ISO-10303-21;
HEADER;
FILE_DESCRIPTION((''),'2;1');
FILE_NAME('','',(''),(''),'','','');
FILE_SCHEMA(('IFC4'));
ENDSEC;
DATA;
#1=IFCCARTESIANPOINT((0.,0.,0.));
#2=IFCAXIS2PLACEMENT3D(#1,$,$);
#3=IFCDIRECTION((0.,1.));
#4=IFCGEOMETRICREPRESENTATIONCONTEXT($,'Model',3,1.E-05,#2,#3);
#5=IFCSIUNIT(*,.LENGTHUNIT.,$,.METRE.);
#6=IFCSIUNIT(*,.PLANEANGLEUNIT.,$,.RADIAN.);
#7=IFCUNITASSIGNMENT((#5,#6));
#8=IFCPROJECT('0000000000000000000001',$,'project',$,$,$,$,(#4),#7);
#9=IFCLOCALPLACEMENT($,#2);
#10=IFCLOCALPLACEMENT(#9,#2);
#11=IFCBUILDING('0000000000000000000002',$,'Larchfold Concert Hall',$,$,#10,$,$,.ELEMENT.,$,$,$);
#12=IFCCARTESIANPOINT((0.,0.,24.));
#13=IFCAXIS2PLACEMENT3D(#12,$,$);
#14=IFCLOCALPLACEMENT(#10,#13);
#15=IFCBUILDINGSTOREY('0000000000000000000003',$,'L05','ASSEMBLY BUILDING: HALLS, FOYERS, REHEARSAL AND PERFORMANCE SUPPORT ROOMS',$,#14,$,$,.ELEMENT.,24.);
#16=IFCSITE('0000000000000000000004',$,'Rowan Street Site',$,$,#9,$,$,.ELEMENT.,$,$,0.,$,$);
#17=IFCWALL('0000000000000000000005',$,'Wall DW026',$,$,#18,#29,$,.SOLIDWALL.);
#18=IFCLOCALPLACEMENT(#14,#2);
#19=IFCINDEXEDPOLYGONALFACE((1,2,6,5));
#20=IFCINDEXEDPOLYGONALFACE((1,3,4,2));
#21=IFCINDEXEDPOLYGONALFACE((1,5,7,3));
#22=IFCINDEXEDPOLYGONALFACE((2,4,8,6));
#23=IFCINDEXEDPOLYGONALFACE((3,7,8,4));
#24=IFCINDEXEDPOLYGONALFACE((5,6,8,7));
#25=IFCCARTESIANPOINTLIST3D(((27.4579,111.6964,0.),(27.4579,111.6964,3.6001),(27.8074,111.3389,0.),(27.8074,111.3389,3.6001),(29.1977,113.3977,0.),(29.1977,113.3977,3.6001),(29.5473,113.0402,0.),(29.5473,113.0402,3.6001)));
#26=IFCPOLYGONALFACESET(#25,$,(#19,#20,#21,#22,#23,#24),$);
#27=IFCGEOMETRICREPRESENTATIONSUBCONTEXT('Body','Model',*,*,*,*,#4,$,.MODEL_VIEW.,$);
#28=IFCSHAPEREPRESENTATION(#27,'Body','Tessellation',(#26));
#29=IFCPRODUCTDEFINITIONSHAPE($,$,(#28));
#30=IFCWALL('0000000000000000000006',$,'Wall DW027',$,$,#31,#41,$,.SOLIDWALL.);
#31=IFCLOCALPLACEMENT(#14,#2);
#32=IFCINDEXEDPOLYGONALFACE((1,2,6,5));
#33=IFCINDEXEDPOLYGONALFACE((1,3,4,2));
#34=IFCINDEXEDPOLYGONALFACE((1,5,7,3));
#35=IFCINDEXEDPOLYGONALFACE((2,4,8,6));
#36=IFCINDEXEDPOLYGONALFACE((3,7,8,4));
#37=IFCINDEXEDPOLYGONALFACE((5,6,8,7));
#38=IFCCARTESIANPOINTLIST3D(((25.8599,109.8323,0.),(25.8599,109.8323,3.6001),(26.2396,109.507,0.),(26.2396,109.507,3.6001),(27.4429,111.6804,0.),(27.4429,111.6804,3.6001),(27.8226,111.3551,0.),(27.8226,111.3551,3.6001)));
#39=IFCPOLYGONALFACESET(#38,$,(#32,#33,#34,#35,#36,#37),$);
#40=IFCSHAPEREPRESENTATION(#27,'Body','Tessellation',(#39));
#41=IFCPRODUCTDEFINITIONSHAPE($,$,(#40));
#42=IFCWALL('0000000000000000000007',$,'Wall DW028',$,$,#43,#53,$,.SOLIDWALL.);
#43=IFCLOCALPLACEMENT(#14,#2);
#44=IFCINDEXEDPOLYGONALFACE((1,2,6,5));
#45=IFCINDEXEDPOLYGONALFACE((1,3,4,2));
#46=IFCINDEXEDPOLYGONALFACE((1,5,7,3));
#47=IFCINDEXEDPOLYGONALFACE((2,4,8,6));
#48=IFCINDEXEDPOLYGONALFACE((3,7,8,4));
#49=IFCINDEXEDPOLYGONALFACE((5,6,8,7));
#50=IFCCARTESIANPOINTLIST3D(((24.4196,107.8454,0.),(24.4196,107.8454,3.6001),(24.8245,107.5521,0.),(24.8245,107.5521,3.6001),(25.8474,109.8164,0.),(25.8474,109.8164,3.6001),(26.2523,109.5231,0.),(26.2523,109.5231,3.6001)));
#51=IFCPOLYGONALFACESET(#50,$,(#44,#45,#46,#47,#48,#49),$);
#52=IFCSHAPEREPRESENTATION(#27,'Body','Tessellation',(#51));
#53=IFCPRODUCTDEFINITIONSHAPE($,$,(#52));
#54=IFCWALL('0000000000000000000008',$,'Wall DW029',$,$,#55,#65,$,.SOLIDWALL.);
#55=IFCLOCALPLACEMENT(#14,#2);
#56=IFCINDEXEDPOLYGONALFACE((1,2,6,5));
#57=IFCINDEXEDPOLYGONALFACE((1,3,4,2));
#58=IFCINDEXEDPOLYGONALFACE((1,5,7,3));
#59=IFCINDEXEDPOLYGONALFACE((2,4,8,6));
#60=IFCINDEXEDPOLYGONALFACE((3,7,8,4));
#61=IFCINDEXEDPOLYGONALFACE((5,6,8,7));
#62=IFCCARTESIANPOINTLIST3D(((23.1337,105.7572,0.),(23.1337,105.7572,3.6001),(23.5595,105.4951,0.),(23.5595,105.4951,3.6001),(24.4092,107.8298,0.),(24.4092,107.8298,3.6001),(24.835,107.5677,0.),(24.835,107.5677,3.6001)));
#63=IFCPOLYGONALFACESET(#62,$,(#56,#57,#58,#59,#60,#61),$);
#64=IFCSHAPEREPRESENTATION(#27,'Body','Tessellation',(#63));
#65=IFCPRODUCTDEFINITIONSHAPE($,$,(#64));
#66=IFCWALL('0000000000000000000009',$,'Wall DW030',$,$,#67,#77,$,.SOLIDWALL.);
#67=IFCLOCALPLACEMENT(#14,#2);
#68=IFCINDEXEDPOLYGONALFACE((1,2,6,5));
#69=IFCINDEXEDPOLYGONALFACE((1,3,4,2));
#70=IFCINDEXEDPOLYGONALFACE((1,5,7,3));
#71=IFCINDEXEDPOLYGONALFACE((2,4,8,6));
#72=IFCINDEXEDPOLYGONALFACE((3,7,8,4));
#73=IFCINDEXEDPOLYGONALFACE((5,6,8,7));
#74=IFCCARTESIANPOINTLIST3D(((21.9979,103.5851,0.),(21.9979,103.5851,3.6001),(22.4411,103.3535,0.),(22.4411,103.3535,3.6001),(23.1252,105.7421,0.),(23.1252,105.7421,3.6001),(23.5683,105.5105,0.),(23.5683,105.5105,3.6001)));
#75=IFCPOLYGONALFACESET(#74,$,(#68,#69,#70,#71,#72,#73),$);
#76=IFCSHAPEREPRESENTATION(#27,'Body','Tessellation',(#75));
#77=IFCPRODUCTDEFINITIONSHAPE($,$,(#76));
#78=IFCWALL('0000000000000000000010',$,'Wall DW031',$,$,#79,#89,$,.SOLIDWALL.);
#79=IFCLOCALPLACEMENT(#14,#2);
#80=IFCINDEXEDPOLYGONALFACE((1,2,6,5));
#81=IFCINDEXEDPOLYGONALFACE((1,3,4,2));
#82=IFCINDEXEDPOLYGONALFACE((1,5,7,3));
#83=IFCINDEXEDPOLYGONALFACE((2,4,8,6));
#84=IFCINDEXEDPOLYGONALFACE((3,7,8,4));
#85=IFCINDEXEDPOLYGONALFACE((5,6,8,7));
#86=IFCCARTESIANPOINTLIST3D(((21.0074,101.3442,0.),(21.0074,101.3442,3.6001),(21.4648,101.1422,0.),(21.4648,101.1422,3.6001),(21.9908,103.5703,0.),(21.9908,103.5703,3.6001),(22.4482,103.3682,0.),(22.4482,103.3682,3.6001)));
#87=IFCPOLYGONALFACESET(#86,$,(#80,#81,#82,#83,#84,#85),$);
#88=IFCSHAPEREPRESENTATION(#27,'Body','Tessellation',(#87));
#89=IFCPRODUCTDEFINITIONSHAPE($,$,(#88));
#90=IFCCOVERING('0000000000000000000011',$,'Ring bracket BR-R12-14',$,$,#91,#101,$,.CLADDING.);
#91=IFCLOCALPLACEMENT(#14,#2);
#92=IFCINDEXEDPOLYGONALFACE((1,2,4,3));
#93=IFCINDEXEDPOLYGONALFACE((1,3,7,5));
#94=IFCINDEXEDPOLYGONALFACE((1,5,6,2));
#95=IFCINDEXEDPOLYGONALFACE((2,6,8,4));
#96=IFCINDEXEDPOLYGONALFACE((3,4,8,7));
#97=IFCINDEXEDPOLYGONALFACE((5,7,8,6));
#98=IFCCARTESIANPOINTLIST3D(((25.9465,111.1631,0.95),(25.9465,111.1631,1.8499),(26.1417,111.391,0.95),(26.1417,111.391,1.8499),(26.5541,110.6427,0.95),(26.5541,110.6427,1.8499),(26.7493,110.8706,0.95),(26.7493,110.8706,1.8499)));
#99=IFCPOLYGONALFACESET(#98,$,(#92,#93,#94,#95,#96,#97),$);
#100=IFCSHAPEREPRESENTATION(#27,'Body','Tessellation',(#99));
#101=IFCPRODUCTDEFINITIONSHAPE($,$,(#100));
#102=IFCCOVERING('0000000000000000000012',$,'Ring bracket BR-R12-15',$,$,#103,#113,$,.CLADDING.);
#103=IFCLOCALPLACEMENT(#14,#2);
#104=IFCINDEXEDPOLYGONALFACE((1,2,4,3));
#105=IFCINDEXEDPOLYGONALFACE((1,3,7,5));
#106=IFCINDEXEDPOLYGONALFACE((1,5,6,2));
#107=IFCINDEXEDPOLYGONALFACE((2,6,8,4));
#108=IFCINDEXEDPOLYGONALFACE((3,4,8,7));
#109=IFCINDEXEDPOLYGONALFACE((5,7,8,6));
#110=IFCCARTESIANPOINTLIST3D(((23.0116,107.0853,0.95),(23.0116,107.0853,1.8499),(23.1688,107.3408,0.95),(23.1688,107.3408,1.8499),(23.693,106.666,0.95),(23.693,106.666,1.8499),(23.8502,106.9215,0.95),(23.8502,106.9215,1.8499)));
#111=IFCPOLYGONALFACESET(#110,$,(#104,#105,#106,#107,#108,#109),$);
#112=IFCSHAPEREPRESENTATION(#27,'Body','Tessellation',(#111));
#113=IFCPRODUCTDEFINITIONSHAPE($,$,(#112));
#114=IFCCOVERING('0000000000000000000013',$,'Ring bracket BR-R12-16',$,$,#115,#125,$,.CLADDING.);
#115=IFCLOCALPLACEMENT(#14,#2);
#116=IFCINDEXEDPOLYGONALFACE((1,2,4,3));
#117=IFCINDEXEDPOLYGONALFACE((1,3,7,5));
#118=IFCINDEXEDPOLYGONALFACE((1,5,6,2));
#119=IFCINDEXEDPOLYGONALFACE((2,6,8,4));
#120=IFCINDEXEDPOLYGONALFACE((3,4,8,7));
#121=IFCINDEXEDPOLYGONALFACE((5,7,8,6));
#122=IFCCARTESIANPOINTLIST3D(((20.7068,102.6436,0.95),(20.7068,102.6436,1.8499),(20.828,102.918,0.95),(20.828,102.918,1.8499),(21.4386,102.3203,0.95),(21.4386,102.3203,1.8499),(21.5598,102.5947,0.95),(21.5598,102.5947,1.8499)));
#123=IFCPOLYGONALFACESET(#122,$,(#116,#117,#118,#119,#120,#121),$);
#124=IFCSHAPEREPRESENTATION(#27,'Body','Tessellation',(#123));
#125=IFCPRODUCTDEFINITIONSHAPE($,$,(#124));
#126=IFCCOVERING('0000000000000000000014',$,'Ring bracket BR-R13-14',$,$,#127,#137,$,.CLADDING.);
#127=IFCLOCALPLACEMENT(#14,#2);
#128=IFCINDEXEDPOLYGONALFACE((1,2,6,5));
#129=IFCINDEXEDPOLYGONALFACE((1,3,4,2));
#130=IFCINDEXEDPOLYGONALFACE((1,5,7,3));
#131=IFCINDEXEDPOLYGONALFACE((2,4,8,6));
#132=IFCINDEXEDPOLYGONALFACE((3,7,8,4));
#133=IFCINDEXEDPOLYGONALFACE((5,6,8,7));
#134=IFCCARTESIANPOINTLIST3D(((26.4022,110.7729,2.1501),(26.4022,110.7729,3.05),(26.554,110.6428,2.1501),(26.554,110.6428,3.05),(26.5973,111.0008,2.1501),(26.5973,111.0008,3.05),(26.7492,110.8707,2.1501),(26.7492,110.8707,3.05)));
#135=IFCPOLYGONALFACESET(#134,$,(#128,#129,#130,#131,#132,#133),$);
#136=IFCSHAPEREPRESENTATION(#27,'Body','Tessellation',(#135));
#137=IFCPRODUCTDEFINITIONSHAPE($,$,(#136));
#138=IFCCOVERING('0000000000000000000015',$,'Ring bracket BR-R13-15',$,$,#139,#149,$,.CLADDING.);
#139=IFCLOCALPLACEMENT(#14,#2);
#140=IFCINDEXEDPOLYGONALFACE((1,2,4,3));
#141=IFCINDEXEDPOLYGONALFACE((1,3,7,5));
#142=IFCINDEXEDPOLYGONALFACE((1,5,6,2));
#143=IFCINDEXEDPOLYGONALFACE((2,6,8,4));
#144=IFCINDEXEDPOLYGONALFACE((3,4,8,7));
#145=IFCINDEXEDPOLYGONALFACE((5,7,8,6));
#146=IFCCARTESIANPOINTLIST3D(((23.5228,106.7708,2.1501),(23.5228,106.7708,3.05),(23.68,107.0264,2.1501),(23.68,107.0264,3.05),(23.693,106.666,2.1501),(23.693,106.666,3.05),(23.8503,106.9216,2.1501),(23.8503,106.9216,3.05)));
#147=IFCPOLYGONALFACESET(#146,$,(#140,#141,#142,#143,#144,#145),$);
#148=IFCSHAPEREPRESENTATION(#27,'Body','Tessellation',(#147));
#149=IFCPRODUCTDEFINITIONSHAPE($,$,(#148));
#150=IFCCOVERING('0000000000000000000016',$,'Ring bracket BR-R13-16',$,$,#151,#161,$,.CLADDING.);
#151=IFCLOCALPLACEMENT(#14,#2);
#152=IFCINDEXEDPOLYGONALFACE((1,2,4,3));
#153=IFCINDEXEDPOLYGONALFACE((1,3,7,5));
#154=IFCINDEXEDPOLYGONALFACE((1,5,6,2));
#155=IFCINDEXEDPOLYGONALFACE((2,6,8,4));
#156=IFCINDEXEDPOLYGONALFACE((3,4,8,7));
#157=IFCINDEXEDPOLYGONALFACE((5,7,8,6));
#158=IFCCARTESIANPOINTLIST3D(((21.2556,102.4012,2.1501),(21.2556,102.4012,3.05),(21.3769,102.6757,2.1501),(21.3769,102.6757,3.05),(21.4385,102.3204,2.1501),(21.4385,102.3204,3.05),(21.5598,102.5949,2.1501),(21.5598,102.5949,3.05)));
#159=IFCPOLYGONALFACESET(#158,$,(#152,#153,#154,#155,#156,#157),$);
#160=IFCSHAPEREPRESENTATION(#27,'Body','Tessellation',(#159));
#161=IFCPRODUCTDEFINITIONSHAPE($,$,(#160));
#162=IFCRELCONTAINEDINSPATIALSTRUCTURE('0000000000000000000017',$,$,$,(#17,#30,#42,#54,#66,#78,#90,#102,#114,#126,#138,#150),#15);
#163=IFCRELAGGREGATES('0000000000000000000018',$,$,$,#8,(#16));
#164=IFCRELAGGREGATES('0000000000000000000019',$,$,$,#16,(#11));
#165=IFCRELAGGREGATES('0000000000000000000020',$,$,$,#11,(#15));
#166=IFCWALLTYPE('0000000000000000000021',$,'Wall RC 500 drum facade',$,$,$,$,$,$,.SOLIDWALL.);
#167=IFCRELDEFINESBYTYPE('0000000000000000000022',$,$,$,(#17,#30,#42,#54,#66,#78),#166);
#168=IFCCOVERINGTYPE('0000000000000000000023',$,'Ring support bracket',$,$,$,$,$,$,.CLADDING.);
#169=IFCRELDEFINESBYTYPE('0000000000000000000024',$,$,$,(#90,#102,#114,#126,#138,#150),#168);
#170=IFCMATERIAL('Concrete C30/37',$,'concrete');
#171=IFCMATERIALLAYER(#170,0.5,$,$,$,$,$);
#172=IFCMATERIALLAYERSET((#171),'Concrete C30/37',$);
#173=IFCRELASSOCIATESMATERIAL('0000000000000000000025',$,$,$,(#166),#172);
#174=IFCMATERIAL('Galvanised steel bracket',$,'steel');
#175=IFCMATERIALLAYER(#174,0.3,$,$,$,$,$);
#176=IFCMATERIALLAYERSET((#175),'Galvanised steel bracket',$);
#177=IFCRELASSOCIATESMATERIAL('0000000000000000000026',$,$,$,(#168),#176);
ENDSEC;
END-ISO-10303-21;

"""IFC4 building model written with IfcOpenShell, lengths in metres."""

from ifc_helpers import new_model, si_unit, direction, frame, frame_2d, origin, origin_2d, place, context, subcontext, project, spatial, rectangle, extrude, material, layer, layer_set, type_object, element, save


model = new_model("IFC4")

# Units and contexts
model_context = context("Model", 3, precision=1e-05, world=origin(), true_north=direction((0.0, 1.0)))
body_context = subcontext(model_context, "Body", "Model", "MODEL_VIEW")
ifc_project = project(units=[si_unit("LENGTHUNIT", "METRE"), si_unit("PLANEANGLEUNIT", "RADIAN")], contexts=[model_context])

# Site, building, storey
site_placement = place(None, origin())
site = spatial("IfcSite", under=ifc_project, at=site_placement, Name="Rowan Street Site", CompositionType="ELEMENT", RefElevation=0.0)
building_placement = place(site_placement, origin())
building = spatial("IfcBuilding", under=site, at=building_placement, Name="Larchfold Concert Hall", CompositionType="ELEMENT")
storey_placement = place(building_placement, frame((0.0, 0.0, 24.0)))
storey = spatial("IfcBuildingStorey", under=building, at=storey_placement, Name="L05", Description="ASSEMBLY BUILDING: HALLS, FOYERS, REHEARSAL AND PERFORMANCE SUPPORT ROOMS", CompositionType="ELEMENT", Elevation=24.0)

# Walls
ifc_material_1 = material(Name="Concrete C30/37", Category="concrete")
ifc_layer_1 = layer(ifc_material_1, 0.5)
ifc_layer_set_1 = layer_set([ifc_layer_1], Name="Concrete C30/37")
wall_type_1 = type_object("IfcWallType", Name="Wall RC 500 drum facade", PredefinedType="SOLIDWALL", material=ifc_layer_set_1)
for number, where, z_axis, x_axis, name in (
    (1, (29.3726, 113.219, 0.0), (0.0, 0.0, 1.0), (-0.714989, -0.699136, 0.0), "Wall DW026"),
    (2, (27.6328, 111.5178, 0.0), (0.0, 0.0, 1.0), (-0.650527, -0.759483, 0.0), "Wall DW027"),
):
    element("IfcWall", number, at=place(storey_placement, frame(where, z_axis=z_axis, x_axis=x_axis)), inside=storey, type_object=wall_type_1, Name=name, PredefinedType="SOLIDWALL", context=body_context, shape_type="SweptSolid", body=[
        extrude(rectangle(XDim=2.4333, YDim=0.5, at=frame_2d((1.2168, 0.0))), origin(), (0.0, 0.0, 1.0), 3.6001),
    ])
wall_1_placement = place(storey_placement, frame((26.0498, 109.6697, 0.0), z_axis=(0.0, 0.0, 1.0), x_axis=(-0.586644, -0.809845, 0.0)))
element("IfcWall", 3, at=wall_1_placement, inside=storey, type_object=wall_type_1, Name="Wall DW028", PredefinedType="SOLIDWALL", context=body_context, shape_type="SweptSolid", body=[
    extrude(rectangle(XDim=2.4338, YDim=0.5, at=frame_2d((1.2168, 0.0))), origin(), (0.0, 0.0, 1.0), 3.6001),
])
wall_2_placement = place(storey_placement, frame((24.6221, 107.6987, 0.0), z_axis=(0.0, 0.0, 1.0), x_axis=(-0.524097, -0.851658, 0.0)))
element("IfcWall", 4, at=wall_2_placement, inside=storey, type_object=wall_type_1, Name="Wall DW029", PredefinedType="SOLIDWALL", context=body_context, shape_type="SweptSolid", body=[
    extrude(rectangle(XDim=2.4336, YDim=0.5, at=frame_2d((1.2168, 0.0))), origin(), (0.0, 0.0, 1.0), 3.6001),
])
wall_3_placement = place(storey_placement, frame((23.3467, 105.6262, 0.0), z_axis=(0.0, 0.0, 1.0), x_axis=(-0.463152, -0.886279, 0.0)))
element("IfcWall", 5, at=wall_3_placement, inside=storey, type_object=wall_type_1, Name="Wall DW030", PredefinedType="SOLIDWALL", context=body_context, shape_type="SweptSolid", body=[
    extrude(rectangle(XDim=2.4338, YDim=0.5, at=frame_2d((1.2168, 0.0))), origin(), (0.0, 0.0, 1.0), 3.6001),
])
wall_4_placement = place(storey_placement, frame((22.2195, 103.4692, 0.0), z_axis=(0.0, 0.0, 1.0), x_axis=(-0.40409, -0.914719, 0.0)))
element("IfcWall", 6, at=wall_4_placement, inside=storey, type_object=wall_type_1, Name="Wall DW031", PredefinedType="SOLIDWALL", context=body_context, shape_type="SweptSolid", body=[
    extrude(rectangle(XDim=2.4336, YDim=0.5, at=frame_2d((1.2168, 0.0))), origin(), (0.0, 0.0, 1.0), 3.6001),
])

# Coverings
ifc_material_2 = material(Name="Galvanised steel bracket", Category="steel")
ifc_layer_2 = layer(ifc_material_2, 0.3)
ifc_layer_set_2 = layer_set([ifc_layer_2], Name="Galvanised steel bracket")
covering_type = type_object("IfcCoveringType", Name="Ring support bracket", PredefinedType="CLADDING", material=ifc_layer_set_2)
for number, where, z_axis, x_axis, name in (
    (7, (26.3479, 111.0168, 0.95), (0.0, 0.0, 1.0), (-0.759502, 0.650505, 0.0), "Ring bracket BR-R12-14"),
    (8, (23.4309, 107.0034, 0.95), (0.0, 0.0, 1.0), (-0.851675, 0.52407, 0.0), "Ring bracket BR-R12-15"),
    (9, (21.1333, 102.6191, 0.95), (0.0, 0.0, 1.0), (-0.914701, 0.404131, 0.0), "Ring bracket BR-R12-16"),
):
    element("IfcCovering", number, at=place(storey_placement, frame(where, z_axis=z_axis, x_axis=x_axis)), inside=storey, type_object=covering_type, Name=name, PredefinedType="CLADDING", context=body_context, shape_type="SweptSolid", body=[
        extrude(rectangle(XDim=0.8, YDim=0.3, at=origin_2d()), origin(), (0.0, 0.0, 1.0), 0.8999),
    ])
for number, where, z_axis, x_axis, name in (
    (10, (26.5757, 110.8218, 2.1501), (0.0, 0.0, 1.0), (-0.759502, 0.650505, 0.0), "Ring bracket BR-R13-14"),
    (11, (23.6865, 106.8462, 2.1501), (0.0, 0.0, 1.0), (-0.851675, 0.52407, 0.0), "Ring bracket BR-R13-15"),
    (12, (21.4077, 102.498, 2.1501), (0.0, 0.0, 1.0), (-0.914701, 0.404131, 0.0), "Ring bracket BR-R13-16"),
):
    element("IfcCovering", number, at=place(storey_placement, frame(where, z_axis=z_axis, x_axis=x_axis)), inside=storey, type_object=covering_type, Name=name, PredefinedType="CLADDING", context=body_context, shape_type="SweptSolid", body=[
        extrude(rectangle(XDim=0.2, YDim=0.3, at=origin_2d()), origin(), (0.0, 0.0, 1.0), 0.8999),
    ])

save(model, "model.ifc")
